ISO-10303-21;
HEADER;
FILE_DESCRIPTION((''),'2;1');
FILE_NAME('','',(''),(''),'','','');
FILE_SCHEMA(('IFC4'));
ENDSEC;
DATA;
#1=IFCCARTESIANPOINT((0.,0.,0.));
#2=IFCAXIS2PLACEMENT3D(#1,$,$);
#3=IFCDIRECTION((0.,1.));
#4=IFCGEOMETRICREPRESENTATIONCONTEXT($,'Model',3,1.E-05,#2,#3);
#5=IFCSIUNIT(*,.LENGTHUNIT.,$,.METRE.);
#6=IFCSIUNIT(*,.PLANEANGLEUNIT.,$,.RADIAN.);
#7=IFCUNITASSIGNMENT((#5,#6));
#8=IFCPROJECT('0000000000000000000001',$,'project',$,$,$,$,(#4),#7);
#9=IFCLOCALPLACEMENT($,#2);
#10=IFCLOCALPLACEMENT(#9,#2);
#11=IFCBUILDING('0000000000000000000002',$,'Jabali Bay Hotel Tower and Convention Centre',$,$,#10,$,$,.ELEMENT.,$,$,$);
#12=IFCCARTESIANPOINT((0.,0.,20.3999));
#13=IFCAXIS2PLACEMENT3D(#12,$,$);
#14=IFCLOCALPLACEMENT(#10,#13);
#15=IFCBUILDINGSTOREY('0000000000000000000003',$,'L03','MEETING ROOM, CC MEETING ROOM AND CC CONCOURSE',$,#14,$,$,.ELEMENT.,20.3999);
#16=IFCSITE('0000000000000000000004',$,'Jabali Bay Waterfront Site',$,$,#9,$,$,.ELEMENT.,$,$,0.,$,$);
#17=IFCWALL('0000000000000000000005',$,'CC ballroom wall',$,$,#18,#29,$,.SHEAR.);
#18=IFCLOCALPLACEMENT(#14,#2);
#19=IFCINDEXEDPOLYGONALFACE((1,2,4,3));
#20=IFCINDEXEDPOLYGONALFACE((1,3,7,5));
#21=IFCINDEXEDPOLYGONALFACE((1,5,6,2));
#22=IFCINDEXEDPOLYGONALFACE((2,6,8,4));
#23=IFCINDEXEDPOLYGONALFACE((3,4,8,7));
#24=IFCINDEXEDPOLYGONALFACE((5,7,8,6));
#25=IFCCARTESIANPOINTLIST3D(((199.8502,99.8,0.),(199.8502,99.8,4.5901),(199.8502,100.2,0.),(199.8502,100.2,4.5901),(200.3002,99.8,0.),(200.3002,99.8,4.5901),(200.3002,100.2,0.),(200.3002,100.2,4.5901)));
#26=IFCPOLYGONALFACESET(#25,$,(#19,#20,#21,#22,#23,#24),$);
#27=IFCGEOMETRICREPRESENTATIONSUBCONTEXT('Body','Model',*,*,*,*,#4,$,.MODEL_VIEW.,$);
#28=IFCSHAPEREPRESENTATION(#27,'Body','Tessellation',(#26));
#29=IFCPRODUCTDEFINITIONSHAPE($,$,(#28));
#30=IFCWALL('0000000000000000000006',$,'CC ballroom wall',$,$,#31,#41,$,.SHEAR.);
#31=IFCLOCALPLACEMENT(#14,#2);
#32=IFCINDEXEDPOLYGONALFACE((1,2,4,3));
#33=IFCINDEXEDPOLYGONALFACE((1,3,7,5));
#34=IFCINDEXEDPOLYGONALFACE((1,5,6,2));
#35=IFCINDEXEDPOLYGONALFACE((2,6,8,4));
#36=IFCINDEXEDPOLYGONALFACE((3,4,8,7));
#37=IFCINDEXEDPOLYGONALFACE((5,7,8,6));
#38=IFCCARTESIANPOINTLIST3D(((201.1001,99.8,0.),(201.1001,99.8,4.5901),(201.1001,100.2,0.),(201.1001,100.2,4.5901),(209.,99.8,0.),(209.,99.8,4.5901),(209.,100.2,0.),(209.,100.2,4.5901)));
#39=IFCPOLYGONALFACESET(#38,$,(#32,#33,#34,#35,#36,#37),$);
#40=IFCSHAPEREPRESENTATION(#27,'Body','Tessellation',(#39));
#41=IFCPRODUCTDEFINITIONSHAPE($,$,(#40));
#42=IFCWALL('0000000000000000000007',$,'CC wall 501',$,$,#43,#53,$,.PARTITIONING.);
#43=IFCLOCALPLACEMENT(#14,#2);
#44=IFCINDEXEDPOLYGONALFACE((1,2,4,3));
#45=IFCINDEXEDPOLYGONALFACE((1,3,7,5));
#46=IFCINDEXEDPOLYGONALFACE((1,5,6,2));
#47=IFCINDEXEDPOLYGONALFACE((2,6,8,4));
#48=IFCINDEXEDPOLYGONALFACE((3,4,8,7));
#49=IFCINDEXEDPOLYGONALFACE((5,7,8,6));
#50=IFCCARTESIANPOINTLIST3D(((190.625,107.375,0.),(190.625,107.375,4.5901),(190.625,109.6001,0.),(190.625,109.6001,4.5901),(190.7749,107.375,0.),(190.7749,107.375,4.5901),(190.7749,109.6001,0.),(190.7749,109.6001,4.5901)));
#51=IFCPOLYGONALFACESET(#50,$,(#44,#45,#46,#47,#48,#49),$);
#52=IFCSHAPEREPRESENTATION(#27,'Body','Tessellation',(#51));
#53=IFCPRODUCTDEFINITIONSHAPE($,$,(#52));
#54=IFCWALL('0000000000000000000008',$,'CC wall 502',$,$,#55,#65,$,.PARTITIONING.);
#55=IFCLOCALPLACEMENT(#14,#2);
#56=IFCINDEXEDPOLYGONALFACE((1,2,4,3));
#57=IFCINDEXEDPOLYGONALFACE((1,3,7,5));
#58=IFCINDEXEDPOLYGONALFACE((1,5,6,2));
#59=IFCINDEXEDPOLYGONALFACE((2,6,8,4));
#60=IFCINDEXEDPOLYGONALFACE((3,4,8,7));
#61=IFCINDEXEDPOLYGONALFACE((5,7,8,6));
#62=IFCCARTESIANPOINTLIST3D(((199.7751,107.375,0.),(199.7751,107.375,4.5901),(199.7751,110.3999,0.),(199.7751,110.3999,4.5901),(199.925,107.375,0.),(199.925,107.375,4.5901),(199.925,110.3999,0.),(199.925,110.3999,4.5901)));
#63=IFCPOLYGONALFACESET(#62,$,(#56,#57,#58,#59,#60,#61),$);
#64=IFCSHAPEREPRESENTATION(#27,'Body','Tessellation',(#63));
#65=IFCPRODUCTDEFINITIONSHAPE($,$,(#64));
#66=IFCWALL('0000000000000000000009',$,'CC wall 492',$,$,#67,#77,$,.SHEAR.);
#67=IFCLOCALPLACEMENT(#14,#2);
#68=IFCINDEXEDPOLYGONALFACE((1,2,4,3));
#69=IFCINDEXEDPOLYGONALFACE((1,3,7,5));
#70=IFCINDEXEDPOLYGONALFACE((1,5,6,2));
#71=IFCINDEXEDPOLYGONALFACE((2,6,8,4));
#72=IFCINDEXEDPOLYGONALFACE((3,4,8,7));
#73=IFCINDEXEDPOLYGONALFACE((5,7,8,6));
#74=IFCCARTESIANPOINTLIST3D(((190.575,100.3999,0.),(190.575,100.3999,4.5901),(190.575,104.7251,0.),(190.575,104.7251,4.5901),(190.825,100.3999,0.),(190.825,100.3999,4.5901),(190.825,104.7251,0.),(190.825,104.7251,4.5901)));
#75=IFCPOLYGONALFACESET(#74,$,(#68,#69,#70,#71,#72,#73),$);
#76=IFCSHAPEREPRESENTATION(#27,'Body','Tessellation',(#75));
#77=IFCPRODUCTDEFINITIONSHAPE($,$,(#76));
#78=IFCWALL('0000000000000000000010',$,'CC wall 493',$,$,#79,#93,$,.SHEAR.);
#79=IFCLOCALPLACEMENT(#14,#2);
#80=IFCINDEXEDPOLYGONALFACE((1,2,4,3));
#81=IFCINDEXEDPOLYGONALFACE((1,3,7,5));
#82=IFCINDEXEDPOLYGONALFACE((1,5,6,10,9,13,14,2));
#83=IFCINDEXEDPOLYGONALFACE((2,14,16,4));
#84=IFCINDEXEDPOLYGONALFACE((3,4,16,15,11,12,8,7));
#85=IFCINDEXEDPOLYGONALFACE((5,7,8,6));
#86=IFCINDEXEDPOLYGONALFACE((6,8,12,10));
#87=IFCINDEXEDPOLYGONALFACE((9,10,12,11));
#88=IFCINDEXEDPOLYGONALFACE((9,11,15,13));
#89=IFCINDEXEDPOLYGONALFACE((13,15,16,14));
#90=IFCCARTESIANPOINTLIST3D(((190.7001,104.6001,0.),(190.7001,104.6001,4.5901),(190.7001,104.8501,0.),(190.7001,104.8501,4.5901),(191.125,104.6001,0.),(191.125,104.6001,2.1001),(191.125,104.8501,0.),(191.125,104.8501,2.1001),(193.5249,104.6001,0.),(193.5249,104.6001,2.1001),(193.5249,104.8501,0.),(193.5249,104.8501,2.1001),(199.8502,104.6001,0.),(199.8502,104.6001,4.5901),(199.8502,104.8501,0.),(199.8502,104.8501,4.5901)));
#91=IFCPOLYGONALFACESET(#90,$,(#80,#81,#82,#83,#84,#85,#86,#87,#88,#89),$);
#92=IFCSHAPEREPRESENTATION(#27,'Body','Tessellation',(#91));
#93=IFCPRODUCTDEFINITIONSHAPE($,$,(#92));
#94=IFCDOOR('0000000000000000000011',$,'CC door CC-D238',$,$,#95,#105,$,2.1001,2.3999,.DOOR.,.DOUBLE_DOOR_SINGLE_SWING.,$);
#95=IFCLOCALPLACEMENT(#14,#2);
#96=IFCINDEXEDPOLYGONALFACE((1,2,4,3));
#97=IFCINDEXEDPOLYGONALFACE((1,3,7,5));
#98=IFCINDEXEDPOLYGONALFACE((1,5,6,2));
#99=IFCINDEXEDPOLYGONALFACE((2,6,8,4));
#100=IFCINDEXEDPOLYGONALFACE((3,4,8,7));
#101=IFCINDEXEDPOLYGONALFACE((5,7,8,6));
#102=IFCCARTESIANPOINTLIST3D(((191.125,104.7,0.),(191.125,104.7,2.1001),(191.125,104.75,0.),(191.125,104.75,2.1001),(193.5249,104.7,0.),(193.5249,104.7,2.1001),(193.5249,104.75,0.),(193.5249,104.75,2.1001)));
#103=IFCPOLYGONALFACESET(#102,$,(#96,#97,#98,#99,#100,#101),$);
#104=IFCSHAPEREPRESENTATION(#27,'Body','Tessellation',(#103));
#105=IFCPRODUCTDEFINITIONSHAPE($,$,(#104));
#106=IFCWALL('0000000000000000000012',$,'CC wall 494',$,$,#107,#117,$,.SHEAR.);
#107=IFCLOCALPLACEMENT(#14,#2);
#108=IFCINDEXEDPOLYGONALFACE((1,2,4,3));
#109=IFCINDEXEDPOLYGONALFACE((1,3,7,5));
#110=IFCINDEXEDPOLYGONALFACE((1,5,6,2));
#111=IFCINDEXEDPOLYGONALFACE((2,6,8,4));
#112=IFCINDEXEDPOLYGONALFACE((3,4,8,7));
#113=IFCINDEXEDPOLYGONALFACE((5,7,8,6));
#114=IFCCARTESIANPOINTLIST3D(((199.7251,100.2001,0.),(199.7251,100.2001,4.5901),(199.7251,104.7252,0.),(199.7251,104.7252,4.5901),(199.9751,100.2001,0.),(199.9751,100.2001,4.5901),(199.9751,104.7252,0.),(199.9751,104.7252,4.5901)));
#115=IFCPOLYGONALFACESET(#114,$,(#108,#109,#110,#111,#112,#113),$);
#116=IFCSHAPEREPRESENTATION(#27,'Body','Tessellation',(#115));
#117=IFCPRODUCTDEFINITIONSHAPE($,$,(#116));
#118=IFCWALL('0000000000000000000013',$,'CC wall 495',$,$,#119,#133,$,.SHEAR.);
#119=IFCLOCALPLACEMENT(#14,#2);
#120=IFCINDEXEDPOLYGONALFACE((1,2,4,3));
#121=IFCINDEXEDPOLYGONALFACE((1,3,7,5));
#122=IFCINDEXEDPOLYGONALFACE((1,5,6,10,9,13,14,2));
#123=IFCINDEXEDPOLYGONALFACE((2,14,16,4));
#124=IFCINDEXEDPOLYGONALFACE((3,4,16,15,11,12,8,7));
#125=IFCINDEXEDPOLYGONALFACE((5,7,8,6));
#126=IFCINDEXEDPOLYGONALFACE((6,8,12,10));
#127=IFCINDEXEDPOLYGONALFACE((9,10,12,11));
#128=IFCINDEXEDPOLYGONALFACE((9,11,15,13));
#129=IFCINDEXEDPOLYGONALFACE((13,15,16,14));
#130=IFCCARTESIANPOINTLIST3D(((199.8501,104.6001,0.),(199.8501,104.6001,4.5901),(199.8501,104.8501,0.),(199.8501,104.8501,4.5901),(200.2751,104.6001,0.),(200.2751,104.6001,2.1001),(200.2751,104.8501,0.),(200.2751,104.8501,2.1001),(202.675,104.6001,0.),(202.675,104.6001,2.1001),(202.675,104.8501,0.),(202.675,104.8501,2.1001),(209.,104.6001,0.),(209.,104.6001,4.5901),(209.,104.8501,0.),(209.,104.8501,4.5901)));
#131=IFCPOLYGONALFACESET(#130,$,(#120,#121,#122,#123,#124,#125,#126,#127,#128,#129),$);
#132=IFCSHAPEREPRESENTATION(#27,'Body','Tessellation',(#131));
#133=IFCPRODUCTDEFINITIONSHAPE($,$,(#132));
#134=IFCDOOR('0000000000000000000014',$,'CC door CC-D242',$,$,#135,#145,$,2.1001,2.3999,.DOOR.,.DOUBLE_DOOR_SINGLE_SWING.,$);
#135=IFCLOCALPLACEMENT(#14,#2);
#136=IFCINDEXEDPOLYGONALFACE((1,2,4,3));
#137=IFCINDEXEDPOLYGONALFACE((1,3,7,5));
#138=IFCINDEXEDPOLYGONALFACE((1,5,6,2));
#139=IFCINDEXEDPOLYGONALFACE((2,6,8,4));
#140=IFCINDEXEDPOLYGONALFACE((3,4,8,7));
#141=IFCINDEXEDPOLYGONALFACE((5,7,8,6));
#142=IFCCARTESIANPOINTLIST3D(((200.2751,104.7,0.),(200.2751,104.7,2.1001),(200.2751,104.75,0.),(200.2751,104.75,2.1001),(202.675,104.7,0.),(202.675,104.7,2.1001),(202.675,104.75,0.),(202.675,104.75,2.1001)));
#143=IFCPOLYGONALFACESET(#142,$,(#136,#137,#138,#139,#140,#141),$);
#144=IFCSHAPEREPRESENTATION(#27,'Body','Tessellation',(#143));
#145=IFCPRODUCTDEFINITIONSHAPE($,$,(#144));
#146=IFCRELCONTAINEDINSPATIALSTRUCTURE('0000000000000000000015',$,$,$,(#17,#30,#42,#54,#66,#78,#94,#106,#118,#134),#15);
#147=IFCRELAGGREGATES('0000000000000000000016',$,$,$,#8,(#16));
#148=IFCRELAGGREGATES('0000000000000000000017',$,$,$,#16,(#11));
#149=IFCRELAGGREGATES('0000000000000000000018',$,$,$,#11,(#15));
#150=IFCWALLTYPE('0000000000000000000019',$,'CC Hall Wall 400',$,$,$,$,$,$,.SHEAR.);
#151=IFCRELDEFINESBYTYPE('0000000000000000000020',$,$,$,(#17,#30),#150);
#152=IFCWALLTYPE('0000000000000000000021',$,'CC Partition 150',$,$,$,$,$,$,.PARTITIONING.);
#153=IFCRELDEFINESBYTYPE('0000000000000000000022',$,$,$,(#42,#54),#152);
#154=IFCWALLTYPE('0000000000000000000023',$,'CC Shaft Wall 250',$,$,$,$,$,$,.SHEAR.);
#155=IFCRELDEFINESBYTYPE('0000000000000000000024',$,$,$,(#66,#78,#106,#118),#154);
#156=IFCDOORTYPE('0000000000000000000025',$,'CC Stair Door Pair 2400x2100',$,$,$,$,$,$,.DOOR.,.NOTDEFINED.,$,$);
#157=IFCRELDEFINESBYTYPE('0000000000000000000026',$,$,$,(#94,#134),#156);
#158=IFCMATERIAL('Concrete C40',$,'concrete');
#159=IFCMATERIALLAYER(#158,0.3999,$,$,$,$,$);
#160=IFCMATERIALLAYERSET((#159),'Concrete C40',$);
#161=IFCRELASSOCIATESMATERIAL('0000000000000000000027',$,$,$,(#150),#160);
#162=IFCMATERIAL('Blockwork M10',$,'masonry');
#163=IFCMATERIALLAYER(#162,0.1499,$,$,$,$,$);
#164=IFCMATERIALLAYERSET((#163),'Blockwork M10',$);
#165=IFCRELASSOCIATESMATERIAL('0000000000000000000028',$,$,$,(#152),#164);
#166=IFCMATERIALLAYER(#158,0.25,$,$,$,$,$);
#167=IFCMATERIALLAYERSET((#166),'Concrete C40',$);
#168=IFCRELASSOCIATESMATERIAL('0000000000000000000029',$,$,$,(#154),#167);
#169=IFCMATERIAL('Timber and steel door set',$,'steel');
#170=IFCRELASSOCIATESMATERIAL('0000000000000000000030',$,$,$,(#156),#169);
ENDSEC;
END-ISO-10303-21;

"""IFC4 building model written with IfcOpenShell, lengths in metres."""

from ifc_helpers import new_model, si_unit, direction, frame, frame_2d, origin, place, context, subcontext, project, spatial, rectangle, extrude, material, layer, layer_set, type_object, element, fill, save


model = new_model("IFC4")

# Units and contexts
model_context = context("Model", 3, precision=1e-05, world=origin(), true_north=direction((0.0, 1.0)))
body_context = subcontext(model_context, "Body", "Model", "MODEL_VIEW")
ifc_project = project(units=[si_unit("LENGTHUNIT", "METRE"), si_unit("PLANEANGLEUNIT", "RADIAN")], contexts=[model_context])

# Site, building, storey
site_placement = place(None, origin())
site = spatial("IfcSite", under=ifc_project, at=site_placement, Name="Jabali Bay Waterfront Site", CompositionType="ELEMENT", RefElevation=0.0)
building_placement = place(site_placement, origin())
building = spatial("IfcBuilding", under=site, at=building_placement, Name="Jabali Bay Hotel Tower and Convention Centre", CompositionType="ELEMENT")
storey_placement = place(building_placement, frame((0.0, 0.0, 20.3999)))
storey = spatial("IfcBuildingStorey", under=building, at=storey_placement, Name="L03", Description="MEETING ROOM, CC MEETING ROOM AND CC CONCOURSE", CompositionType="ELEMENT", Elevation=20.3999)

# Walls
ifc_material_1 = material(Name="Concrete C40", Category="concrete")
ifc_layer_1 = layer(ifc_material_1, 0.3999)
ifc_layer_set_1 = layer_set([ifc_layer_1], Name="Concrete C40")
wall_type_1 = type_object("IfcWallType", Name="CC Hall Wall 400", PredefinedType="SHEAR", material=ifc_layer_set_1)
wall_1_placement = place(storey_placement, frame((199.8501, 100.0, 0.0), z_axis=(0.0, 0.0, 1.0), x_axis=(1.0, 0.0, 0.0)))
element("IfcWall", 1, at=wall_1_placement, inside=storey, type_object=wall_type_1, Name="CC ballroom wall", PredefinedType="SHEAR", context=body_context, shape_type="SweptSolid", body=[
    extrude(rectangle(XDim=0.45, YDim=0.3999, at=frame_2d((0.2251, 0.0))), origin(), (0.0, 0.0, 1.0), 4.5901),
])
wall_2_placement = place(storey_placement, frame((201.1001, 100.0, 0.0), z_axis=(0.0, 0.0, 1.0), x_axis=(1.0, 0.0, 0.0)))
element("IfcWall", 2, at=wall_2_placement, inside=storey, type_object=wall_type_1, Name="CC ballroom wall", PredefinedType="SHEAR", context=body_context, shape_type="SweptSolid", body=[
    extrude(rectangle(XDim=7.8999, YDim=0.3999, at=frame_2d((3.95, 0.0))), origin(), (0.0, 0.0, 1.0), 4.5901),
])
ifc_material_2 = material(Name="Blockwork M10", Category="masonry")
ifc_layer_2 = layer(ifc_material_2, 0.1499)
ifc_layer_set_2 = layer_set([ifc_layer_2], Name="Blockwork M10")
wall_type_2 = type_object("IfcWallType", Name="CC Partition 150", PredefinedType="PARTITIONING", material=ifc_layer_set_2)
wall_3_placement = place(storey_placement, frame((190.7, 107.375, 0.0), z_axis=(0.0, 0.0, 1.0), x_axis=(0.0, 1.0, 0.0)))
element("IfcWall", 3, at=wall_3_placement, inside=storey, type_object=wall_type_2, Name="CC wall 501", PredefinedType="PARTITIONING", context=body_context, shape_type="SweptSolid", body=[
    extrude(rectangle(XDim=2.2251, YDim=0.1499, at=frame_2d((1.1125, 0.0))), origin(), (0.0, 0.0, 1.0), 4.5901),
])
wall_4_placement = place(storey_placement, frame((199.8501, 107.375, 0.0), z_axis=(0.0, 0.0, 1.0), x_axis=(0.0, 1.0, 0.0)))
element("IfcWall", 4, at=wall_4_placement, inside=storey, type_object=wall_type_2, Name="CC wall 502", PredefinedType="PARTITIONING", context=body_context, shape_type="SweptSolid", body=[
    extrude(rectangle(XDim=3.0249, YDim=0.1499, at=frame_2d((1.5125, 0.0))), origin(), (0.0, 0.0, 1.0), 4.5901),
])
ifc_layer_3 = layer(ifc_material_1, 0.25)
ifc_layer_set_3 = layer_set([ifc_layer_3], Name="Concrete C40")
wall_type_3 = type_object("IfcWallType", Name="CC Shaft Wall 250", PredefinedType="SHEAR", material=ifc_layer_set_3)
wall_5_placement = place(storey_placement, frame((190.7, 100.3999, 0.0), z_axis=(0.0, 0.0, 1.0), x_axis=(0.0, 1.0, 0.0)))
element("IfcWall", 5, at=wall_5_placement, inside=storey, type_object=wall_type_3, Name="CC wall 492", PredefinedType="SHEAR", context=body_context, shape_type="SweptSolid", body=[
    extrude(rectangle(XDim=4.3252, YDim=0.25, at=frame_2d((2.1626, 0.0))), origin(), (0.0, 0.0, 1.0), 4.5901),
])

# Wall, opening, door
wall_6_placement = place(storey_placement, frame((190.7, 104.7251, 0.0), z_axis=(0.0, 0.0, 1.0), x_axis=(1.0, 0.0, 0.0)))
wall_6 = element("IfcWall", 6, at=wall_6_placement, inside=storey, type_object=wall_type_3, Name="CC wall 493", PredefinedType="SHEAR", context=body_context, shape_type="SweptSolid", body=[
    extrude(rectangle(XDim=9.1501, YDim=0.25, at=frame_2d((4.5752, 0.0))), origin(), (0.0, 0.0, 1.0), 4.5901),
])
opening_1_placement = place(wall_6_placement, frame((0.425, 0.0, 0.0)))
opening_1 = element("IfcOpeningElement", 7, at=opening_1_placement, cuts=wall_6, PredefinedType="OPENING", context=body_context, shape_type="SweptSolid", body=[
    extrude(rectangle(XDim=2.3999, YDim=2.1001, at=frame_2d((1.2, 1.05))), frame((0.0, 0.1355, 0.0), z_axis=(0.0, -1.0, 0.0), x_axis=(1.0, 0.0, 0.0)), (0.0, 0.0, 1.0), 0.271),
])
ifc_material_3 = material(Name="Timber and steel door set", Category="steel")
door_type = type_object("IfcDoorType", Name="CC Stair Door Pair 2400x2100", OperationType="NOTDEFINED", PredefinedType="DOOR", material=ifc_material_3)
door_1_placement = place(opening_1_placement, origin())
door_1 = element("IfcDoor", 8, at=door_1_placement, inside=storey, type_object=door_type, Name="CC door CC-D238", OperationType="DOUBLE_DOOR_SINGLE_SWING", OverallHeight=2.1001, OverallWidth=2.3999, PredefinedType="DOOR", context=body_context, shape_type="SweptSolid", body=[
    extrude(rectangle(XDim=2.3999, YDim=2.1001, at=frame_2d((1.2, 1.05))), frame((0.0, 0.0249, 0.0), z_axis=(0.0, -1.0, 0.0), x_axis=(1.0, 0.0, 0.0)), (0.0, 0.0, 1.0), 0.05),
])
fill(opening_1, door_1)

# Wall
wall_7_placement = place(storey_placement, frame((199.8501, 100.2, 0.0), z_axis=(0.0, 0.0, 1.0), x_axis=(0.0, 1.0, 0.0)))
element("IfcWall", 9, at=wall_7_placement, inside=storey, type_object=wall_type_3, Name="CC wall 494", PredefinedType="SHEAR", context=body_context, shape_type="SweptSolid", body=[
    extrude(rectangle(XDim=4.5251, YDim=0.25, at=frame_2d((2.2627, 0.0))), origin(), (0.0, 0.0, 1.0), 4.5901),
])

# Wall, opening, door
wall_8_placement = place(storey_placement, frame((199.8501, 104.7251, 0.0), z_axis=(0.0, 0.0, 1.0), x_axis=(1.0, 0.0, 0.0)))
wall_8 = element("IfcWall", 10, at=wall_8_placement, inside=storey, type_object=wall_type_3, Name="CC wall 495", PredefinedType="SHEAR", context=body_context, shape_type="SweptSolid", body=[
    extrude(rectangle(XDim=9.1499, YDim=0.25, at=frame_2d((4.575, 0.0))), origin(), (0.0, 0.0, 1.0), 4.5901),
])
opening_2_placement = place(wall_8_placement, frame((0.425, 0.0, 0.0)))
opening_2 = element("IfcOpeningElement", 11, at=opening_2_placement, cuts=wall_8, PredefinedType="OPENING", context=body_context, shape_type="SweptSolid", body=[
    extrude(rectangle(XDim=2.3999, YDim=2.1001, at=frame_2d((1.2, 1.05))), frame((0.0, 0.1355, 0.0), z_axis=(0.0, -1.0, 0.0), x_axis=(1.0, 0.0, 0.0)), (0.0, 0.0, 1.0), 0.271),
])
door_2_placement = place(opening_2_placement, origin())
door_2 = element("IfcDoor", 12, at=door_2_placement, inside=storey, type_object=door_type, Name="CC door CC-D242", OperationType="DOUBLE_DOOR_SINGLE_SWING", OverallHeight=2.1001, OverallWidth=2.3999, PredefinedType="DOOR", context=body_context, shape_type="SweptSolid", body=[
    extrude(rectangle(XDim=2.3999, YDim=2.1001, at=frame_2d((1.2, 1.05))), frame((0.0, 0.0249, 0.0), z_axis=(0.0, -1.0, 0.0), x_axis=(1.0, 0.0, 0.0)), (0.0, 0.0, 1.0), 0.05),
])
fill(opening_2, door_2)

save(model, "model.ifc")
